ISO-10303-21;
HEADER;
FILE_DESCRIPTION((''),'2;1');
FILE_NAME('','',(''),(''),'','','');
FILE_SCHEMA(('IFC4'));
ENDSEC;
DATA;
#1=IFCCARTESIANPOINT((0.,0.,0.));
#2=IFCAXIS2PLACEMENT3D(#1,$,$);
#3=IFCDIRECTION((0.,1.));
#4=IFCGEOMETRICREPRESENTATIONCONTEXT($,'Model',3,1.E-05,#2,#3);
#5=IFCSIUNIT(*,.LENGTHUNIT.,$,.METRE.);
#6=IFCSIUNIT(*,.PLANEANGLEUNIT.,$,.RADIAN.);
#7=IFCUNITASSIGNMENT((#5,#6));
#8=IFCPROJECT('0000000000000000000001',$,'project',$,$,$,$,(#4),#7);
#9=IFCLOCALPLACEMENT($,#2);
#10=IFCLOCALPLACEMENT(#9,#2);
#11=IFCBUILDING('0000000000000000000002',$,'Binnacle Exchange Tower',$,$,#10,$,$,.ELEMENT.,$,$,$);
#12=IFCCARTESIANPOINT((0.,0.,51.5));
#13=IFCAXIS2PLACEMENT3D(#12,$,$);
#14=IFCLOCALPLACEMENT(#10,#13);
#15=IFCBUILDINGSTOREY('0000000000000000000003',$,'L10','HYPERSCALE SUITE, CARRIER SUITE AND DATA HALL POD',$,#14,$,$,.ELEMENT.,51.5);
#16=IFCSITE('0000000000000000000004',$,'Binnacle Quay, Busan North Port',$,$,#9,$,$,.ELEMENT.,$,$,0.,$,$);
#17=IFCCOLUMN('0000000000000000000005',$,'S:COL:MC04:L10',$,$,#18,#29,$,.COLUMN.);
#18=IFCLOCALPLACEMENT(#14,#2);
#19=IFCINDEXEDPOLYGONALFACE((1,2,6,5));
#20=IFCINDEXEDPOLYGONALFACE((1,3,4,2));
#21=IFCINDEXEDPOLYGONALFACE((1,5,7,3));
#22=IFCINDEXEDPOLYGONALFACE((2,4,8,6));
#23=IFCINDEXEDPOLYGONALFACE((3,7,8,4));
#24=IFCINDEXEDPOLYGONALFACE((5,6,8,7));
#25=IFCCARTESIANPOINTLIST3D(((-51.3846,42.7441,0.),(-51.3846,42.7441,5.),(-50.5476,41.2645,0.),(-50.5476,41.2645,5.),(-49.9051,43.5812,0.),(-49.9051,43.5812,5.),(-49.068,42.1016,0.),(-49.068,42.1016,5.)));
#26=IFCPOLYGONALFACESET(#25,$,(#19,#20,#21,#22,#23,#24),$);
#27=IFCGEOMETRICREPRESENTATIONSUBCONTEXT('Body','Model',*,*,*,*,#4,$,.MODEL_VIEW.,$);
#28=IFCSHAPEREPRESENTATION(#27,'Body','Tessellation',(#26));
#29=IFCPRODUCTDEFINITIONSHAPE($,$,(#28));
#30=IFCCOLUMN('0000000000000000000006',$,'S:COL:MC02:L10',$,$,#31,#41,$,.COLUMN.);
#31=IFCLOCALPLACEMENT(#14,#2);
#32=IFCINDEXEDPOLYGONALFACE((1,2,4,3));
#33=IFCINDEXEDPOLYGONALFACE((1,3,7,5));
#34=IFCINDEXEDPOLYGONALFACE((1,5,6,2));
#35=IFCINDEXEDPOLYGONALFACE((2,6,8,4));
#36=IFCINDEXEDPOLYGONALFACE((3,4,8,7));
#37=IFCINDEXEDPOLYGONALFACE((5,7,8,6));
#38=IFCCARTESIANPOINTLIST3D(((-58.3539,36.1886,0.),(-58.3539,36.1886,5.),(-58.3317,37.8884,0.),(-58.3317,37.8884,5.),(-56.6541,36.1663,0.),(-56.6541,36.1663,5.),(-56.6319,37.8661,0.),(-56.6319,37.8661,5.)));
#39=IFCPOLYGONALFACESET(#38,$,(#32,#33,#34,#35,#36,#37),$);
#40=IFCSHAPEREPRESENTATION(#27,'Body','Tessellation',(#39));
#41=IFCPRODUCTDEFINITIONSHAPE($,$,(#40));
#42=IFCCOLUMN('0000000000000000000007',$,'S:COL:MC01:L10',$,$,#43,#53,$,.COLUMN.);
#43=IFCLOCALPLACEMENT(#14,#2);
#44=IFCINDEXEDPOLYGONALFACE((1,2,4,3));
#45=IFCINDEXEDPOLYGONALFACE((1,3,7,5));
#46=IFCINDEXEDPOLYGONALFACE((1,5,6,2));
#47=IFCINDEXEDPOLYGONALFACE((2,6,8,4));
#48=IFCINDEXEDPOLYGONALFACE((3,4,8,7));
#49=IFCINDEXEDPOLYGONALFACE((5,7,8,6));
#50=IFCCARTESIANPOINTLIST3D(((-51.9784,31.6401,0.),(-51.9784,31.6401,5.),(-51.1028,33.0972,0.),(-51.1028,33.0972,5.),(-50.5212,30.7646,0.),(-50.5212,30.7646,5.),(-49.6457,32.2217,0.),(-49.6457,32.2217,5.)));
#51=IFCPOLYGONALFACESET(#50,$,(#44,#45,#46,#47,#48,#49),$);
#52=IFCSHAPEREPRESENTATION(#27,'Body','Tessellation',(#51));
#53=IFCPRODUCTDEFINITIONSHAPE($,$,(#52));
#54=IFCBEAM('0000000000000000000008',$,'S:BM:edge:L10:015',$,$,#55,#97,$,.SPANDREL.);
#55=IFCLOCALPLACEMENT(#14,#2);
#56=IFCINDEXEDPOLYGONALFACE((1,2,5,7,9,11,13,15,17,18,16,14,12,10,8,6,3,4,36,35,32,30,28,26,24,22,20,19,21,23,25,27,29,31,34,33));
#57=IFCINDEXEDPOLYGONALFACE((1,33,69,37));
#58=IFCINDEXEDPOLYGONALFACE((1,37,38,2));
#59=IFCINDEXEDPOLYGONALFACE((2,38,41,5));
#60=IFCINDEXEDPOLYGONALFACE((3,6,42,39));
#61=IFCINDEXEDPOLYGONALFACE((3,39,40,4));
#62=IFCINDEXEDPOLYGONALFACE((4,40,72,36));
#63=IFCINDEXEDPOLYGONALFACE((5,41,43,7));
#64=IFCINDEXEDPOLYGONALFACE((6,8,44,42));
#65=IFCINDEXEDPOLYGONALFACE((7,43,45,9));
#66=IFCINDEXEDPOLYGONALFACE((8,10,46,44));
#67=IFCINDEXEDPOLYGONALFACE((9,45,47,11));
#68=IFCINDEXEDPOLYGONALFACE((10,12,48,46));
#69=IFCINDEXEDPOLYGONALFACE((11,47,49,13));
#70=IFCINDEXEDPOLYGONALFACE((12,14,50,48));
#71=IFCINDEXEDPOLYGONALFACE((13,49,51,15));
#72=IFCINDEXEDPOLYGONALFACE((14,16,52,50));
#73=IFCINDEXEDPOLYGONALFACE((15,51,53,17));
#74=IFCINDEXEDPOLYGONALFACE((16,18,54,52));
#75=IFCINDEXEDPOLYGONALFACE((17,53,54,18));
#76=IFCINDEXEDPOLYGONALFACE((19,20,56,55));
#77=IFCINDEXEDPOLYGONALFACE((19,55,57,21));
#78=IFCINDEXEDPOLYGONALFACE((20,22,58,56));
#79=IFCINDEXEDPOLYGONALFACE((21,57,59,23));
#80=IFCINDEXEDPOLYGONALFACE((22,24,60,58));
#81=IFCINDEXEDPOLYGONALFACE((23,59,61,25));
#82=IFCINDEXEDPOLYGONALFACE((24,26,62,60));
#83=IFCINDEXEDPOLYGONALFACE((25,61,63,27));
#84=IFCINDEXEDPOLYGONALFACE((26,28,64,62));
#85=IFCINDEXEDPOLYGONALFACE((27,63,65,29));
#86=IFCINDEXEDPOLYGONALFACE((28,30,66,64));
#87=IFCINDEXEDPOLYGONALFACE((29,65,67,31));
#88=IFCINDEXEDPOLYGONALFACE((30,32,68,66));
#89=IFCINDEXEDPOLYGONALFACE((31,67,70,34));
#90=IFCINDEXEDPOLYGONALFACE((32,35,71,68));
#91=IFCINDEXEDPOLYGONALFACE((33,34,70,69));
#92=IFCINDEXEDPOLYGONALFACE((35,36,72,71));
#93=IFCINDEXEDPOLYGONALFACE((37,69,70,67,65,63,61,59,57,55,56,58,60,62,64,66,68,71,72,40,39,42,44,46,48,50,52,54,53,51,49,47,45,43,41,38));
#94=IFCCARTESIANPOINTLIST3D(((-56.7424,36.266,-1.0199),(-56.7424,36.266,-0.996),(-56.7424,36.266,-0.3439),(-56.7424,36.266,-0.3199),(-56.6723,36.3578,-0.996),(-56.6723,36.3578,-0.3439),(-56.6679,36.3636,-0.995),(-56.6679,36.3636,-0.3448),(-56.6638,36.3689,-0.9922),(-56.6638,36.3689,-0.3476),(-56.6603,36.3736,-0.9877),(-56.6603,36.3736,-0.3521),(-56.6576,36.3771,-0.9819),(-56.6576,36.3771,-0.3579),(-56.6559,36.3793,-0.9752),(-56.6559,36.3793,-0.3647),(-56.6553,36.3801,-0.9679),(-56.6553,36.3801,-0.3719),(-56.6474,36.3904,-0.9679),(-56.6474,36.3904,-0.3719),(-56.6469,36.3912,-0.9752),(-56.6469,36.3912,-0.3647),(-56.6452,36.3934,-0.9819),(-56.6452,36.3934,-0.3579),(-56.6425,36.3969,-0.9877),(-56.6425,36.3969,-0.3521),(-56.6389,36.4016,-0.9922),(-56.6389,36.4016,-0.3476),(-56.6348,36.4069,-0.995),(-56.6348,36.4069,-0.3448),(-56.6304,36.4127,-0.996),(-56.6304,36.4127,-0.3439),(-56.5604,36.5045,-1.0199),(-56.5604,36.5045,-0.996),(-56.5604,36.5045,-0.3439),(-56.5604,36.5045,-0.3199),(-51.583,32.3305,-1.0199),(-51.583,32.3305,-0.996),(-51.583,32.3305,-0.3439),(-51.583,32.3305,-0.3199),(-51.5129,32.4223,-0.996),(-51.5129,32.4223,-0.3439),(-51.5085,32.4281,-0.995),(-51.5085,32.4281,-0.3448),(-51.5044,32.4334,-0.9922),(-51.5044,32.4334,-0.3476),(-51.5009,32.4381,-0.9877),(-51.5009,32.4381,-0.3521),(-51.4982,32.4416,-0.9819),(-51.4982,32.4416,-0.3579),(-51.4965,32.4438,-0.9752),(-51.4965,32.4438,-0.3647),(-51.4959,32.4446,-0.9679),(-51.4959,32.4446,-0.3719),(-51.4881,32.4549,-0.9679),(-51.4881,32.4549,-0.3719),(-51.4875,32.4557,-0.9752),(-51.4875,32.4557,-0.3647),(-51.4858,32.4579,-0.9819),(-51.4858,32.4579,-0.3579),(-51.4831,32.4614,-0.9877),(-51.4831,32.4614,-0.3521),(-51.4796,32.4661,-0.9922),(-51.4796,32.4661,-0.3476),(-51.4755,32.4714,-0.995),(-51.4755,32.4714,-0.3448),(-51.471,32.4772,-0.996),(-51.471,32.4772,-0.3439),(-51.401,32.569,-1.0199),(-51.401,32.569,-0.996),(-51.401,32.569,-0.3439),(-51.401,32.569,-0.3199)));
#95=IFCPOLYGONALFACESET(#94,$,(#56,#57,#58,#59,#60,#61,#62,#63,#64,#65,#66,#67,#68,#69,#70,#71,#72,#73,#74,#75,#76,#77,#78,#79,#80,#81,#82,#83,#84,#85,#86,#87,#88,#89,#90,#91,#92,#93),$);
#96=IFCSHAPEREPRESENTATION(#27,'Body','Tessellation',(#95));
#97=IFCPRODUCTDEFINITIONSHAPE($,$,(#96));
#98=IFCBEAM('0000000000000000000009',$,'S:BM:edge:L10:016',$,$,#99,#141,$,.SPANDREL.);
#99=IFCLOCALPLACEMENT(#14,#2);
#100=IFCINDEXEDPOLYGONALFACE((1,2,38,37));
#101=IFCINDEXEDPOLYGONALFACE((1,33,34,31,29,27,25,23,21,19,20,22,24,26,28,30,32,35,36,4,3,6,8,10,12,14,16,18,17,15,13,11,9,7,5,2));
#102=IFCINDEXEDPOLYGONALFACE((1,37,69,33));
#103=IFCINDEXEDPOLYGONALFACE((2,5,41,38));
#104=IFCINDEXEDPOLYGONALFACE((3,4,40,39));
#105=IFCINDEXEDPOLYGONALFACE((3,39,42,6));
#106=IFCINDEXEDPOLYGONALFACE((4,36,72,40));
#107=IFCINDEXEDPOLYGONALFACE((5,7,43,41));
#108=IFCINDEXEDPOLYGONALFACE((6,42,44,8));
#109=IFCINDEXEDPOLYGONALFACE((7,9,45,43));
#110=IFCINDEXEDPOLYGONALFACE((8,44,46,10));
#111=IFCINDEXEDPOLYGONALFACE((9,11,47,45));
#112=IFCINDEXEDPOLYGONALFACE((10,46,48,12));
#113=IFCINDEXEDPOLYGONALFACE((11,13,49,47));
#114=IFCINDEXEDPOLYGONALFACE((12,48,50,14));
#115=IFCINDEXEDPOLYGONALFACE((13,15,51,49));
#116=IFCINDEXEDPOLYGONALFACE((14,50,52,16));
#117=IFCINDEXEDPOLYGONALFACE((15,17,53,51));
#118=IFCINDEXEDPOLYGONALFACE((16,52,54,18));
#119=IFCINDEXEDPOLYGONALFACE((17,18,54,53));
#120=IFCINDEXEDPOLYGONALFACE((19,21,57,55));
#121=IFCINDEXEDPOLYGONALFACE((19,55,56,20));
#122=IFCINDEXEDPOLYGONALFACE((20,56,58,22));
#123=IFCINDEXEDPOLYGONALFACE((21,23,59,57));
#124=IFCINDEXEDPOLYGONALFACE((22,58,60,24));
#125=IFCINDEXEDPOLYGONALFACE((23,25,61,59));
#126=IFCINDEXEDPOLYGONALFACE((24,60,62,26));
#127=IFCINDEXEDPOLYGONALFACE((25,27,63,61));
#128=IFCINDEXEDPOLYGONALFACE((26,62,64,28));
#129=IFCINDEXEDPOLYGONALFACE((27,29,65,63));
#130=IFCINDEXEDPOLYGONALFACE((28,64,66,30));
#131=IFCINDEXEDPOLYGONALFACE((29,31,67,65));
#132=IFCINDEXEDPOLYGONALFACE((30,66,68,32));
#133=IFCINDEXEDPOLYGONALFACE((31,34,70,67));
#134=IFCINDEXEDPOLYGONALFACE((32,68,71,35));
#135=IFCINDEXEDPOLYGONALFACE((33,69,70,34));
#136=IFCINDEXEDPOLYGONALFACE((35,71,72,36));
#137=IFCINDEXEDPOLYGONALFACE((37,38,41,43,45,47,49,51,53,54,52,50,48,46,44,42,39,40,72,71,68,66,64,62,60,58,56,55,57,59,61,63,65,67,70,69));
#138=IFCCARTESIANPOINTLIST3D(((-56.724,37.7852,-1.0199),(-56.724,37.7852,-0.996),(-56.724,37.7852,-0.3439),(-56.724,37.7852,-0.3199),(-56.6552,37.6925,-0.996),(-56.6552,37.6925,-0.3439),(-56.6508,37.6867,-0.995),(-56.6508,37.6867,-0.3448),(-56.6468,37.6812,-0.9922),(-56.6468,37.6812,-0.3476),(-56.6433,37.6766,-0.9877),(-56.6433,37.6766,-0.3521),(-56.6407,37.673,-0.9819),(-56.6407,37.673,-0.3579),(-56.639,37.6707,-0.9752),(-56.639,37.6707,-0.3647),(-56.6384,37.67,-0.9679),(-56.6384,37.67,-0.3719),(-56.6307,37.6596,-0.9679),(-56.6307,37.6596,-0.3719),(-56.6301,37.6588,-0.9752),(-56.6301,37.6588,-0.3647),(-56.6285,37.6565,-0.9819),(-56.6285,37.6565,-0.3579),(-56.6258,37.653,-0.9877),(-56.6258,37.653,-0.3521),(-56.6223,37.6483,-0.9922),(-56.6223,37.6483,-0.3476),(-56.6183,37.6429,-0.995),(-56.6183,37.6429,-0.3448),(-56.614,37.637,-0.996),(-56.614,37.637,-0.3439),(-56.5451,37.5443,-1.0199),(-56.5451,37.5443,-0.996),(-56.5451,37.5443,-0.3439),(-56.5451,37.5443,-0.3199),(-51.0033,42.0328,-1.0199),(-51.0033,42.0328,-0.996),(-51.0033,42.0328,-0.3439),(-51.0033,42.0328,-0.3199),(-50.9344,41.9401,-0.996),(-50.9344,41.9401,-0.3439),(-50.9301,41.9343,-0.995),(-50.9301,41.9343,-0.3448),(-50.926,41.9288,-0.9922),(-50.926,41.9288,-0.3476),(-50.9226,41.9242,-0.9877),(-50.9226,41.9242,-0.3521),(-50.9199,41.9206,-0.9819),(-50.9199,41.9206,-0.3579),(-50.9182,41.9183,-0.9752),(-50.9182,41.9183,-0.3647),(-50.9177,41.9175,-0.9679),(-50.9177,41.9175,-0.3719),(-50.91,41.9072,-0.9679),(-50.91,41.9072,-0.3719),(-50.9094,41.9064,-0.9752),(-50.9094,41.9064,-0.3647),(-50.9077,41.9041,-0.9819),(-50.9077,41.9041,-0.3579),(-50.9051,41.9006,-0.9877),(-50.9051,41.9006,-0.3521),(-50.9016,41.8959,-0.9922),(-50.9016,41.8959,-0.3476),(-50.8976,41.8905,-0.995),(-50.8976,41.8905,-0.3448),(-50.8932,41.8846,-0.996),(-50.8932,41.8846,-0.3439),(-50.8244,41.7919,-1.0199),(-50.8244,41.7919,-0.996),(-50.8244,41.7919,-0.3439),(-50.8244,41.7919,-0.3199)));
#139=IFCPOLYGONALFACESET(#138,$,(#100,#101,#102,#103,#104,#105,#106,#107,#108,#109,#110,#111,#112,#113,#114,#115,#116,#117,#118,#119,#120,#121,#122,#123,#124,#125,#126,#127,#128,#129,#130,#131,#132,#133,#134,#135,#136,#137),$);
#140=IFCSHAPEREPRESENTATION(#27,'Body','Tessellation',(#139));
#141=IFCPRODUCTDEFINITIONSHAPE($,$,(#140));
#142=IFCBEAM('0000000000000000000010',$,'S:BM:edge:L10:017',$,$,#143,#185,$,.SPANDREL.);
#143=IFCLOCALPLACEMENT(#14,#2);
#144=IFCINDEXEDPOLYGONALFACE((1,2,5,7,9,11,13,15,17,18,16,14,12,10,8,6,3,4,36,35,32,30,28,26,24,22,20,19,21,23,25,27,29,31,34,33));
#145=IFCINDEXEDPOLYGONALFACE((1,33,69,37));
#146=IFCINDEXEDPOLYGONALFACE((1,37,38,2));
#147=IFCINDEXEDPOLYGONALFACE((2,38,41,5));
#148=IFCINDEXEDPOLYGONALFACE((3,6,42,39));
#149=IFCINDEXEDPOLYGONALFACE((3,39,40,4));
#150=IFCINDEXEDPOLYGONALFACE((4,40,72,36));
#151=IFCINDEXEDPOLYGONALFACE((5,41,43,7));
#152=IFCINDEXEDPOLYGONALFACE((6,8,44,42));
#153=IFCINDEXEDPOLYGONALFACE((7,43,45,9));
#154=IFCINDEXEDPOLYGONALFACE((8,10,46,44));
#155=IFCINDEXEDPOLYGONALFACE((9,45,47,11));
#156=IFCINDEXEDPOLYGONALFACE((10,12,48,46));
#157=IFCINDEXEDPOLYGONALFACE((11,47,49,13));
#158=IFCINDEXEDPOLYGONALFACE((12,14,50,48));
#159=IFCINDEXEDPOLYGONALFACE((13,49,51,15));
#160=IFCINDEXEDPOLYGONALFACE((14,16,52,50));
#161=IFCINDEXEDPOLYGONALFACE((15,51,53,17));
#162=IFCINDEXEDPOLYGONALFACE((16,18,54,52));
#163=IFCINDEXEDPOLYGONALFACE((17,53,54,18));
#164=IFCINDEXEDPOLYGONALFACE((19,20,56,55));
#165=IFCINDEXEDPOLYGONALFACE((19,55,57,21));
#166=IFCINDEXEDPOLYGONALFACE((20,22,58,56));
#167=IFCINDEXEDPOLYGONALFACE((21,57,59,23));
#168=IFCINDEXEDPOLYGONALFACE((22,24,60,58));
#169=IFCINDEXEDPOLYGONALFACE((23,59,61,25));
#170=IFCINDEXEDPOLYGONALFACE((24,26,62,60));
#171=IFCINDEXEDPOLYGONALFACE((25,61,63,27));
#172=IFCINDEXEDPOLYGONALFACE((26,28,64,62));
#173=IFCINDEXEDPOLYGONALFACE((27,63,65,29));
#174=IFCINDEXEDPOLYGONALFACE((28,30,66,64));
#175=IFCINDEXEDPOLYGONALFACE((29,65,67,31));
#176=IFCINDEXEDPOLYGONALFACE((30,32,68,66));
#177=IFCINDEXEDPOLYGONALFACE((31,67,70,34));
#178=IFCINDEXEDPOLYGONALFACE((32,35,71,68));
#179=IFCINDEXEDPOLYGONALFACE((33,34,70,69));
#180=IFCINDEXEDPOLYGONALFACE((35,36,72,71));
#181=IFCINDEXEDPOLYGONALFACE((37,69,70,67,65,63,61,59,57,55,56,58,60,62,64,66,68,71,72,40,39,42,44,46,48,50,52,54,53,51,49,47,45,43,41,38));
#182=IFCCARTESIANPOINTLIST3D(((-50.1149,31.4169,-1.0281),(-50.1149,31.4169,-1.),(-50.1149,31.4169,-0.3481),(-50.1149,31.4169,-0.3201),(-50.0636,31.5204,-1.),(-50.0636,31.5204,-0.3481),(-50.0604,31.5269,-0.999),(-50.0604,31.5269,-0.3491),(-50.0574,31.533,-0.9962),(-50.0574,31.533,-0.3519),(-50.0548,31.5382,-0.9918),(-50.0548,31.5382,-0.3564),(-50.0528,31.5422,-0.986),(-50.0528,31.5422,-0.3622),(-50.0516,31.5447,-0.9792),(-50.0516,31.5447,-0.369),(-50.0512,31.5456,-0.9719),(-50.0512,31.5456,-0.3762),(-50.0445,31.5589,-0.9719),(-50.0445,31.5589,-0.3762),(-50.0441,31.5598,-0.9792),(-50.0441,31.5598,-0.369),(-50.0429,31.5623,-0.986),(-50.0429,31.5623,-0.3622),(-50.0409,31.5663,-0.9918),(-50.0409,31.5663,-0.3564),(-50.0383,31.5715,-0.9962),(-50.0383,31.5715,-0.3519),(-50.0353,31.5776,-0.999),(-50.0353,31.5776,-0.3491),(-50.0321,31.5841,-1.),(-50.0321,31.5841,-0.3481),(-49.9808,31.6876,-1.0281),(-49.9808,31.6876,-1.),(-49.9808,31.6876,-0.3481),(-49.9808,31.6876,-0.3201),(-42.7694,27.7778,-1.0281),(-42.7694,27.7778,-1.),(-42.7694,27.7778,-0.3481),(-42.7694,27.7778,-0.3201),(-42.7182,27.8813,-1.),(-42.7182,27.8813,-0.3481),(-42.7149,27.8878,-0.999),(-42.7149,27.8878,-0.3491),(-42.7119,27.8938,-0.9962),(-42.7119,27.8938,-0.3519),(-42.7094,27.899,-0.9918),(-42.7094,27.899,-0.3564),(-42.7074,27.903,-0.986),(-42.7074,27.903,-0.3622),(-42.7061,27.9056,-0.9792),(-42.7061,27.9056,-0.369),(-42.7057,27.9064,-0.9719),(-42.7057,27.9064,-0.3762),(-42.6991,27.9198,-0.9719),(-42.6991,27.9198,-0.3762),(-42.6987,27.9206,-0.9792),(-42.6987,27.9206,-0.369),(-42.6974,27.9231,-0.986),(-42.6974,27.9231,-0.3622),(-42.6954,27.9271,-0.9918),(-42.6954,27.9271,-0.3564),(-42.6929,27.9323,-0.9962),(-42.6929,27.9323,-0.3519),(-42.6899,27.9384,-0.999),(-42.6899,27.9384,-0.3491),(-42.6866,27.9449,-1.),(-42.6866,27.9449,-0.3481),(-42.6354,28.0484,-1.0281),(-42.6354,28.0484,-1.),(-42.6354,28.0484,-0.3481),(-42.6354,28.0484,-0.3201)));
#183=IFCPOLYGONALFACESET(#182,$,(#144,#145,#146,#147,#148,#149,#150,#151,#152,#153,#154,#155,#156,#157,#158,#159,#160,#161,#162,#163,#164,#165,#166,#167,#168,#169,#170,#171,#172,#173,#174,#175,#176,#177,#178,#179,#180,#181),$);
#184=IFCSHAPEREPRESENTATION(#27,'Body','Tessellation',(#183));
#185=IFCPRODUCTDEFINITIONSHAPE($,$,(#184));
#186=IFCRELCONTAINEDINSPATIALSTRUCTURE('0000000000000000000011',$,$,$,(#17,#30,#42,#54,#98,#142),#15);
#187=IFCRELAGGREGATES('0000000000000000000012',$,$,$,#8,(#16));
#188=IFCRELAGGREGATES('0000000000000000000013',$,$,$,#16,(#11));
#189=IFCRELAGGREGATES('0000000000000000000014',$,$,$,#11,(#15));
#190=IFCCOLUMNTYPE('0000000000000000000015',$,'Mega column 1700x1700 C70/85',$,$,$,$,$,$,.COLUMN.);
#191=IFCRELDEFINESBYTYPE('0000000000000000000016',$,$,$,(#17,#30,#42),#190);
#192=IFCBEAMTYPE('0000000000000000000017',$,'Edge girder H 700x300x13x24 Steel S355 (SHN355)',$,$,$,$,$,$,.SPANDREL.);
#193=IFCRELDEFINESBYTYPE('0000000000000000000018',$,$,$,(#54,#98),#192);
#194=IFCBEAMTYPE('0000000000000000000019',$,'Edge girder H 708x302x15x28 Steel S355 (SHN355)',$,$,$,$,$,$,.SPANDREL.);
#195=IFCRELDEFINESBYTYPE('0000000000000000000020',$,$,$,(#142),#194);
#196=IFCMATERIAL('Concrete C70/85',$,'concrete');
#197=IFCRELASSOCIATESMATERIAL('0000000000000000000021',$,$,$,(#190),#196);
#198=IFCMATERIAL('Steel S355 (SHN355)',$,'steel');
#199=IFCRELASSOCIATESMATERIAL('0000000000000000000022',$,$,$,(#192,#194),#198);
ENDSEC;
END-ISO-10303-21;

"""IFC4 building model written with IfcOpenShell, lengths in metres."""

from ifc_helpers import new_model, si_unit, direction, frame, origin, origin_2d, place, context, subcontext, project, spatial, rectangle, i_section, extrude, material, material_profile, profile_set, type_object, element, save


model = new_model("IFC4")

# Units and contexts
model_context = context("Model", 3, precision=1e-05, world=origin(), true_north=direction((0.0, 1.0)))
body_context = subcontext(model_context, "Body", "Model", "MODEL_VIEW")
ifc_project = project(units=[si_unit("LENGTHUNIT", "METRE"), si_unit("PLANEANGLEUNIT", "RADIAN")], contexts=[model_context])

# Site, building, storey
site_placement = place(None, origin())
site = spatial("IfcSite", under=ifc_project, at=site_placement, Name="Binnacle Quay, Busan North Port", CompositionType="ELEMENT", RefElevation=0.0)
building_placement = place(site_placement, origin())
building = spatial("IfcBuilding", under=site, at=building_placement, Name="Binnacle Exchange Tower", CompositionType="ELEMENT")
storey_placement = place(building_placement, frame((0.0, 0.0, 51.5)))
storey = spatial("IfcBuildingStorey", under=building, at=storey_placement, Name="L10", Description="HYPERSCALE SUITE, CARRIER SUITE AND DATA HALL POD", CompositionType="ELEMENT", Elevation=51.5)

# Columns
ifc_material_1 = material(Name="Concrete C70/85", Category="concrete")
ifc_material_profile_1 = material_profile(ifc_material_1, rectangle(XDim=1.7, YDim=1.7, at=origin_2d()), Name="Mega column 1700x1700 C70/85")
ifc_profile_set_1 = profile_set([ifc_material_profile_1], Name="Concrete C70/85")
column_type = type_object("IfcColumnType", Name="Mega column 1700x1700 C70/85", PredefinedType="COLUMN", material=ifc_profile_set_1)
for number, where, z_axis, x_axis, name in (
    (1, (-50.2263, 42.4229, 0.0), (0.0, 0.0, 1.0), (-0.870356, -0.492424, 0.0), "S:COL:MC04:L10"),
    (2, (-57.4929, 37.0273, 0.0), (0.0, 0.0, 1.0), (-0.01309, -0.999914, 0.0), "S:COL:MC02:L10"),
    (3, (-50.812, 31.9309, 0.0), (0.0, 0.0, 1.0), (0.857167, -0.515038, 0.0), "S:COL:MC01:L10"),
):
    element("IfcColumn", number, at=place(storey_placement, frame(where, z_axis=z_axis, x_axis=x_axis)), inside=storey, type_object=column_type, Name=name, PredefinedType="COLUMN", context=body_context, shape_type="SweptSolid", body=[
        extrude(rectangle(XDim=1.7, YDim=1.7, at=origin_2d()), origin(), (0.0, 0.0, 1.0), 5.0),
    ])

# Beams
ifc_material_2 = material(Name="Steel S355 (SHN355)", Category="steel")
ifc_material_profile_2 = material_profile(ifc_material_2, i_section(OverallWidth=0.3, OverallDepth=0.7, WebThickness=0.0129, FlangeThickness=0.0239, FilletRadius=0.0281, at=origin_2d()), Name="H 700x300x13x24")
ifc_profile_set_2 = profile_set([ifc_material_profile_2], Name="Steel S355 (SHN355)")
beam_type_1 = type_object("IfcBeamType", Name="Edge girder H 700x300x13x24 Steel S355 (SHN355)", PredefinedType="SPANDREL", material=ifc_profile_set_2)
beam_1_placement = place(storey_placement, frame((-56.6514, 36.3853, -0.6699), z_axis=(0.795093, -0.606487, 0.0), x_axis=(0.606487, 0.795093, 0.0)))
element("IfcBeam", 4, at=beam_1_placement, inside=storey, type_object=beam_type_1, Name="S:BM:edge:L10:015", PredefinedType="SPANDREL", context=body_context, shape_type="SweptSolid", body=[
    extrude(i_section(OverallWidth=0.3, OverallDepth=0.7, WebThickness=0.0129, FlangeThickness=0.0239, FilletRadius=0.0281, at=origin_2d()), origin(), (0.0, 0.0, 1.0), 6.489),
])
beam_2_placement = place(storey_placement, frame((-50.9138, 41.9124, -0.6699), z_axis=(-0.802885, -0.596133, 0.0), x_axis=(0.596133, -0.802885, 0.0)))
element("IfcBeam", 5, at=beam_2_placement, inside=storey, type_object=beam_type_1, Name="S:BM:edge:L10:016", PredefinedType="SPANDREL", context=body_context, shape_type="SweptSolid", body=[
    extrude(i_section(OverallWidth=0.3, OverallDepth=0.7, WebThickness=0.0129, FlangeThickness=0.0239, FilletRadius=0.0281, at=origin_2d()), origin(), (0.0, 0.0, 1.0), 7.1252),
])
ifc_material_profile_3 = material_profile(ifc_material_2, i_section(OverallWidth=0.302, OverallDepth=0.708, WebThickness=0.0149, FlangeThickness=0.0281, FilletRadius=0.0281, at=origin_2d()), Name="H 708x302x15x28")
ifc_profile_set_3 = profile_set([ifc_material_profile_3], Name="Steel S355 (SHN355)")
beam_type_2 = type_object("IfcBeamType", Name="Edge girder H 708x302x15x28 Steel S355 (SHN355)", PredefinedType="SPANDREL", material=ifc_profile_set_3)
beam_3_placement = place(storey_placement, frame((-50.0479, 31.5522, -0.6741), z_axis=(0.896059, -0.443935, 0.0), x_axis=(0.443935, 0.896059, 0.0)))
element("IfcBeam", 6, at=beam_3_placement, inside=storey, type_object=beam_type_2, Name="S:BM:edge:L10:017", PredefinedType="SPANDREL", context=body_context, shape_type="SweptSolid", body=[
    extrude(i_section(OverallWidth=0.302, OverallDepth=0.708, WebThickness=0.0149, FlangeThickness=0.0281, FilletRadius=0.0281, at=origin_2d()), origin(), (0.0, 0.0, 1.0), 8.1975),
])

save(model, "model.ifc")
